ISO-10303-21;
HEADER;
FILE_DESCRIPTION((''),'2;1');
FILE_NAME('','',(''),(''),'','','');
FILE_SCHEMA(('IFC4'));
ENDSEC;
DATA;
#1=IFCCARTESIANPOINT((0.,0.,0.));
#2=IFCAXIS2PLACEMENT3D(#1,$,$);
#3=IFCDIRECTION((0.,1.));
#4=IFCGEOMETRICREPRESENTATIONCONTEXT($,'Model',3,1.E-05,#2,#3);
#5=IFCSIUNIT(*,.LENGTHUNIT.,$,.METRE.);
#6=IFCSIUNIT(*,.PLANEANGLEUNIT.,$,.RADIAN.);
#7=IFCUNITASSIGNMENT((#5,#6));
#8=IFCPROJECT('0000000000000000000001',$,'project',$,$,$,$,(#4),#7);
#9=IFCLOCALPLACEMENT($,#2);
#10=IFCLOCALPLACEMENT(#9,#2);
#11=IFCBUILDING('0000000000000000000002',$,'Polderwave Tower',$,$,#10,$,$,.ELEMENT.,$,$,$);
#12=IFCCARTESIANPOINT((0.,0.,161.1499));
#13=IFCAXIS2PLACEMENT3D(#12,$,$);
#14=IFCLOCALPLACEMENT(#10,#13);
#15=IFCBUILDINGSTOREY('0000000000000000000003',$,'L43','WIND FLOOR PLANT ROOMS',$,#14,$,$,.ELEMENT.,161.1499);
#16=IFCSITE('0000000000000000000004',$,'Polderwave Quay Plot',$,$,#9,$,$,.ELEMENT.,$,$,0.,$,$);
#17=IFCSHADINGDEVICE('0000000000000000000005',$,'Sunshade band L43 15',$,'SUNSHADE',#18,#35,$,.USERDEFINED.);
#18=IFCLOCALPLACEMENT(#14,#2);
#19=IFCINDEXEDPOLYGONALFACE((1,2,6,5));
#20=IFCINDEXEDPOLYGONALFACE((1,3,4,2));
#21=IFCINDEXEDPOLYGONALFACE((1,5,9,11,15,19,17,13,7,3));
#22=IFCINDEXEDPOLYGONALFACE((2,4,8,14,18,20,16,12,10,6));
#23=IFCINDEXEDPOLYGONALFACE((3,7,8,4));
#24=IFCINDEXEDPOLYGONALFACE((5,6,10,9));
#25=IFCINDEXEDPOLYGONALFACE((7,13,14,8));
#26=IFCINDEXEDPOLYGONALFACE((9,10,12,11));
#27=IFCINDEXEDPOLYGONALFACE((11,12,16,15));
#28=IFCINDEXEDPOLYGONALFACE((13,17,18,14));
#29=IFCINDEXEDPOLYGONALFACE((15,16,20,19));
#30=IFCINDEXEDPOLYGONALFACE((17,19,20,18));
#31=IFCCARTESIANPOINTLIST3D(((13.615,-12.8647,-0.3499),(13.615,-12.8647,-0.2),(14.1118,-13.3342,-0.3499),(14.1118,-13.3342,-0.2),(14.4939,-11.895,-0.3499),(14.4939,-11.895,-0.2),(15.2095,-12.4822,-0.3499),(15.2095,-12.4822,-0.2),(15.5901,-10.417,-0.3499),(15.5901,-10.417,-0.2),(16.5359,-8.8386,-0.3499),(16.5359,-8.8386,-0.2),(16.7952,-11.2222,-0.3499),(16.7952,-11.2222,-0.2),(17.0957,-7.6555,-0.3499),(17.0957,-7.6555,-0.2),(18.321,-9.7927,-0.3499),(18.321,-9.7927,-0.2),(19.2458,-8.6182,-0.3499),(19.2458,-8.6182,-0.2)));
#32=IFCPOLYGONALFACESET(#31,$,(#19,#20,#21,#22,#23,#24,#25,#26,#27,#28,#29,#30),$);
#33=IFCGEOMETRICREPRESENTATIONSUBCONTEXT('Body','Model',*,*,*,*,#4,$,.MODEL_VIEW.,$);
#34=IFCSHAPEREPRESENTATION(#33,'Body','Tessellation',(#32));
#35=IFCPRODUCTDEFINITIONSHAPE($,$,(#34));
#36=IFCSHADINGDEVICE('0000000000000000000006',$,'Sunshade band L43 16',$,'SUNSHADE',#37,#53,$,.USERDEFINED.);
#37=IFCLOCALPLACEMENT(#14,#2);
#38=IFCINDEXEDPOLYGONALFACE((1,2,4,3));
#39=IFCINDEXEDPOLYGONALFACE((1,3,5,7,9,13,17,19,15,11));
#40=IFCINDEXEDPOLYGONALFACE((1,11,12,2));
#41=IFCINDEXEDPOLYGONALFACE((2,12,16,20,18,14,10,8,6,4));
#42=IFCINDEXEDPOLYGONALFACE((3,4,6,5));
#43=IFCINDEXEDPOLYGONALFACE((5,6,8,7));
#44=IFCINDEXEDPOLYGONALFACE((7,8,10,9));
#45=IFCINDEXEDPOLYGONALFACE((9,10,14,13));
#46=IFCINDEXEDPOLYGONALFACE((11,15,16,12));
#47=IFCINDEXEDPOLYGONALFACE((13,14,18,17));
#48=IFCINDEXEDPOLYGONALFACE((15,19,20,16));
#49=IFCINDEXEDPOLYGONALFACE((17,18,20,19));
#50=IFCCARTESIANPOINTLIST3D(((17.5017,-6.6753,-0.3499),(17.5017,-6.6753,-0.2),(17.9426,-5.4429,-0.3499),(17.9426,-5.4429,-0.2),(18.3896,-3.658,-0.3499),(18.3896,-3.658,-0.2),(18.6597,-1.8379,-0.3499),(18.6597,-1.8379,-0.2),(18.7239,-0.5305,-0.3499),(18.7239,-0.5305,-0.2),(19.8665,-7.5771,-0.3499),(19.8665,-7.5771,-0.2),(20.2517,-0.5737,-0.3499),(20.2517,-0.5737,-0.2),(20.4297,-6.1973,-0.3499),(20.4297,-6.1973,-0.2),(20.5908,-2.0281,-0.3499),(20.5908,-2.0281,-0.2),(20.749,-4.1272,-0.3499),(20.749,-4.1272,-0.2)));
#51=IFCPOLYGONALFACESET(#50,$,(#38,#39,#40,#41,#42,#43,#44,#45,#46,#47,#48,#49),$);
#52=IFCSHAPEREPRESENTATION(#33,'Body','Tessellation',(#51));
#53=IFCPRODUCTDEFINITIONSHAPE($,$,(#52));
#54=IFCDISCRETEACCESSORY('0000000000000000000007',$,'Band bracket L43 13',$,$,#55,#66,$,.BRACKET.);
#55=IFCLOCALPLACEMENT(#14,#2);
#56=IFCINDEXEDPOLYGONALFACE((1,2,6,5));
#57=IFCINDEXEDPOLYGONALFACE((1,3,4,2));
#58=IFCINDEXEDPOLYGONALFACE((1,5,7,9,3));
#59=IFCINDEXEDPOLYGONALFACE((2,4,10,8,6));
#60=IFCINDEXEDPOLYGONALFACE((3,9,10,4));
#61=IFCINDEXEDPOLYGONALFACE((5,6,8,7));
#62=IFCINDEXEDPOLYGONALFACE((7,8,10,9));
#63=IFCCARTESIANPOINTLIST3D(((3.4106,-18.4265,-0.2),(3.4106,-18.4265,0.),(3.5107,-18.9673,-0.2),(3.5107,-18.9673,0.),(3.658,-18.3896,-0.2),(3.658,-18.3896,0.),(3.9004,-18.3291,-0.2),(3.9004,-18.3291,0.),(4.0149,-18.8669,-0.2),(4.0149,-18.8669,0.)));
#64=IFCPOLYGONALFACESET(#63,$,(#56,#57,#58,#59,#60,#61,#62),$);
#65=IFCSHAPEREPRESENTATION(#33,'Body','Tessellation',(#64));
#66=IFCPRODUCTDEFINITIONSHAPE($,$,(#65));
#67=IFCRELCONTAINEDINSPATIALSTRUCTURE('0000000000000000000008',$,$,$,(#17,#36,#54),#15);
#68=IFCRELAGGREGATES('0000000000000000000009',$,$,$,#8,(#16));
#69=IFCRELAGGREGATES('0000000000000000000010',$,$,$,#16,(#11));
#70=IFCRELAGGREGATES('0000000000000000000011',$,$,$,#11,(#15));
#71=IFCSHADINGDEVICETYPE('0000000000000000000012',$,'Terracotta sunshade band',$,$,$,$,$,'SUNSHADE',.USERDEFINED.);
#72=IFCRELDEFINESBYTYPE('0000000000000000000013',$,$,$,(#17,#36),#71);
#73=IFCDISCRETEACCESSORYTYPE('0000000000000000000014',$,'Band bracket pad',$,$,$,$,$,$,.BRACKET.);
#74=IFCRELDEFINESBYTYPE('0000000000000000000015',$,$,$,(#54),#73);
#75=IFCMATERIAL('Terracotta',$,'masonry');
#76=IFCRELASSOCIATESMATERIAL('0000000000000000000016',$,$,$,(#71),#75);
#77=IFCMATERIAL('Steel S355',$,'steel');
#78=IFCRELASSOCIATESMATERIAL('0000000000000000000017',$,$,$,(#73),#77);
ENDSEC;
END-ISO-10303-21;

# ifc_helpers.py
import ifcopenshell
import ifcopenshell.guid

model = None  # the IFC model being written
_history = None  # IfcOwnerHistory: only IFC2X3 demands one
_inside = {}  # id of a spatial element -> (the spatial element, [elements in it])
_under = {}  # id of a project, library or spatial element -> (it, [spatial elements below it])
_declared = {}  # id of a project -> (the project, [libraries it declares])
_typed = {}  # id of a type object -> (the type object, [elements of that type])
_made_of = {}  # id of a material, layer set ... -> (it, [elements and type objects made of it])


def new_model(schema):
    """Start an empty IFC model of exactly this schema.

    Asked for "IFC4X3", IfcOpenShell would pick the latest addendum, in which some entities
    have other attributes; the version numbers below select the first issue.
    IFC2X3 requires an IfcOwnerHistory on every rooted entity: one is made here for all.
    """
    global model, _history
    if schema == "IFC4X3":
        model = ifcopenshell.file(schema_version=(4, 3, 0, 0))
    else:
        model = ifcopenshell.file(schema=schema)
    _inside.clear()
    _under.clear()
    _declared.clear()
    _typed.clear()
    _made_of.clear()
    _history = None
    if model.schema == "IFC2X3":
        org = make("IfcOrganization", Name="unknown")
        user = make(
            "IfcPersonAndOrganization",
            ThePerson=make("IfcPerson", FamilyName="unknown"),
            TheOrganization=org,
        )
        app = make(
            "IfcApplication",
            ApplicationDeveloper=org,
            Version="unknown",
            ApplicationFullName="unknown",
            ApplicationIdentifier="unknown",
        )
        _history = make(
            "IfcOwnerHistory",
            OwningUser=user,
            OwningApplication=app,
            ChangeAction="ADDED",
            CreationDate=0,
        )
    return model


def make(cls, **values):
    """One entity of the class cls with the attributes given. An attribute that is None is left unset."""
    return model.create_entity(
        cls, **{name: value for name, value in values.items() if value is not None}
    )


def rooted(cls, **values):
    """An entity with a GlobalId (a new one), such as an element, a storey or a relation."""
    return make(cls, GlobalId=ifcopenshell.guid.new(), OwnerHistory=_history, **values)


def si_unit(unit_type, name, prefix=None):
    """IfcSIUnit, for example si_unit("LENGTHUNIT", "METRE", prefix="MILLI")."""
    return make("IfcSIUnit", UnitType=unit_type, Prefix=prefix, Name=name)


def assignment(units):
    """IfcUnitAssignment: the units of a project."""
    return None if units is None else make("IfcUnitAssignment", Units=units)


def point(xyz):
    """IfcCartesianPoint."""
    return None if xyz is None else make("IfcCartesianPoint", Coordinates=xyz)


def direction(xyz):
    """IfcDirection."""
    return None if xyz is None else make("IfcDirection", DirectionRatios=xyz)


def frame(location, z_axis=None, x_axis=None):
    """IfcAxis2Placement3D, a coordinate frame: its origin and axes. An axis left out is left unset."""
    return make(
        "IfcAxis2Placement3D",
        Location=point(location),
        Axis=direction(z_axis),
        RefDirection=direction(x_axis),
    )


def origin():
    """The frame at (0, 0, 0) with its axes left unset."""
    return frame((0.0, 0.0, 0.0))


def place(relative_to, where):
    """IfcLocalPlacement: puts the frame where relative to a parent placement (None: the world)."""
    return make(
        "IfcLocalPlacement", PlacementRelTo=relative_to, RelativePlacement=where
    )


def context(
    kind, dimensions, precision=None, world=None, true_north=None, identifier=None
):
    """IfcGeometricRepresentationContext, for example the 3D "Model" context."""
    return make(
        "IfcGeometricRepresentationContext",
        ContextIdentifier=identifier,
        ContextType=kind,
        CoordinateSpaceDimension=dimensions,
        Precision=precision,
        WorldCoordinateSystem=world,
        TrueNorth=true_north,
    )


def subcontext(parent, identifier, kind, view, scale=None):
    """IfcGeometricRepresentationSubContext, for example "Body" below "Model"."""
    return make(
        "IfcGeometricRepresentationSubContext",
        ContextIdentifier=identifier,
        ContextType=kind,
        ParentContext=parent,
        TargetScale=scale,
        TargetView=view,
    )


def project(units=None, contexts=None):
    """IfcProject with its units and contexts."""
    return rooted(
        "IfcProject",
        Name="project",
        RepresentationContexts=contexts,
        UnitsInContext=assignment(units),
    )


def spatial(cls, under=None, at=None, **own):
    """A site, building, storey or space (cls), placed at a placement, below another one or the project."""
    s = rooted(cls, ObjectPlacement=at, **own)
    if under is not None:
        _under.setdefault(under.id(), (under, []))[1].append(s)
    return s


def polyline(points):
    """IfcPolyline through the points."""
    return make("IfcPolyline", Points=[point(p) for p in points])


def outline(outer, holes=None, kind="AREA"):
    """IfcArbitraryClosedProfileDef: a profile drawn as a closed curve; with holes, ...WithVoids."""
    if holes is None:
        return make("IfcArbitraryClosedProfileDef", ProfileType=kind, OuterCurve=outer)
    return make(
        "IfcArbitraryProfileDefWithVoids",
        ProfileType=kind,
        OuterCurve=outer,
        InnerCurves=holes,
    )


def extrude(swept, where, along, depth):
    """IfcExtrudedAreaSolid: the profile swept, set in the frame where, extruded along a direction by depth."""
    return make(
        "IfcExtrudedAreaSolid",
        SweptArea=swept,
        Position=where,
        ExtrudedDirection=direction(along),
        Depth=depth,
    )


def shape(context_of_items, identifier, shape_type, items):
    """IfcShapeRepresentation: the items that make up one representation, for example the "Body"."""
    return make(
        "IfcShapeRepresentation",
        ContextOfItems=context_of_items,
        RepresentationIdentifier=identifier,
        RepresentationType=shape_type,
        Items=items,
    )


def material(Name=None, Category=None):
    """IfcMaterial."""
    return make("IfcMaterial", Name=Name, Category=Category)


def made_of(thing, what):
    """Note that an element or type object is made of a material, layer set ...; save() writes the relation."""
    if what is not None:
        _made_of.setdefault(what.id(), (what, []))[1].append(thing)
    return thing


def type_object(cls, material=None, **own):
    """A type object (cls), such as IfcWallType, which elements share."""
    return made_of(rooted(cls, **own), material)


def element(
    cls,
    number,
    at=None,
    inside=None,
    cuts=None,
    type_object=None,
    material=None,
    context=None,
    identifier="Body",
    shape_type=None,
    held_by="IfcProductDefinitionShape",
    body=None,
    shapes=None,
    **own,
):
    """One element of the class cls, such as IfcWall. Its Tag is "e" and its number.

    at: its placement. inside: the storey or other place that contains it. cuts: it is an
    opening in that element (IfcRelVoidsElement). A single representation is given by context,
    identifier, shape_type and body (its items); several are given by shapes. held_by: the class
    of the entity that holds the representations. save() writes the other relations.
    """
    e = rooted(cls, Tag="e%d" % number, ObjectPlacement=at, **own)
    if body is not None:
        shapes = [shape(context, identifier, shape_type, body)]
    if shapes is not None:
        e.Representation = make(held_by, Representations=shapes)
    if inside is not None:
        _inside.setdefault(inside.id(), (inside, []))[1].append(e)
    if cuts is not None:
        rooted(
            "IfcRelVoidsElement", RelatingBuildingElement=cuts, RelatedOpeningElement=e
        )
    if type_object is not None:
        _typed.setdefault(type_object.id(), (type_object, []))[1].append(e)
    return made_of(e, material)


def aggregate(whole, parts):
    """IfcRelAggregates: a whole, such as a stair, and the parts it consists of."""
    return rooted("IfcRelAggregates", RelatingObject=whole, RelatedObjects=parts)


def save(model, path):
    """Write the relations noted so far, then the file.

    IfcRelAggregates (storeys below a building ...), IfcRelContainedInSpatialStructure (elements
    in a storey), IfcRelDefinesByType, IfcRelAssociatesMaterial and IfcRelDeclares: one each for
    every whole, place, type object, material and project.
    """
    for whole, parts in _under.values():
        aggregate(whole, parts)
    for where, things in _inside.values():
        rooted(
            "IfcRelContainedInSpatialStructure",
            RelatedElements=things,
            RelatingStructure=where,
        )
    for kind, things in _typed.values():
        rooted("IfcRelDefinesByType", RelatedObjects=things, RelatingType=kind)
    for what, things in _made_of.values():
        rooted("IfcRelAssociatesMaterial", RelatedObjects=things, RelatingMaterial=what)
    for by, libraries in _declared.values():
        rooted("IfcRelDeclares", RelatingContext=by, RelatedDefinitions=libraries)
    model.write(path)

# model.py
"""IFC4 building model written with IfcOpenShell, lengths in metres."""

from ifc_helpers import new_model, si_unit, direction, frame, origin, place, context, subcontext, project, spatial, polyline, outline, extrude, material, type_object, element, save


model = new_model("IFC4")

# Units and contexts
model_context = context("Model", 3, precision=1e-05, world=origin(), true_north=direction((0.0, 1.0)))
body_context = subcontext(model_context, "Body", "Model", "MODEL_VIEW")
ifc_project = project(units=[si_unit("LENGTHUNIT", "METRE"), si_unit("PLANEANGLEUNIT", "RADIAN")], contexts=[model_context])

# Site, building, storey
site_placement = place(None, origin())
site = spatial("IfcSite", under=ifc_project, at=site_placement, Name="Polderwave Quay Plot", CompositionType="ELEMENT", RefElevation=0.0)
building_placement = place(site_placement, origin())
building = spatial("IfcBuilding", under=site, at=building_placement, Name="Polderwave Tower", CompositionType="ELEMENT")
storey_placement = place(building_placement, frame((0.0, 0.0, 161.1499)))
storey = spatial("IfcBuildingStorey", under=building, at=storey_placement, Name="L43", Description="WIND FLOOR PLANT ROOMS", CompositionType="ELEMENT", Elevation=161.1499)

# Shared definitions
ifc_material_1 = material(Name="Steel S355", Category="steel")

# Shading devices
ifc_material_2 = material(Name="Terracotta", Category="masonry")
shading_device_type = type_object("IfcShadingDeviceType", Name="Terracotta sunshade band", ElementType="SUNSHADE", PredefinedType="USERDEFINED", material=ifc_material_2)
shading_device_1_placement = place(storey_placement, frame((0.0, 0.0, -0.3499)))
element("IfcShadingDevice", 1, at=shading_device_1_placement, inside=storey, type_object=shading_device_type, Name="Sunshade band L43 15", ObjectType="SUNSHADE", PredefinedType="USERDEFINED", context=body_context, shape_type="SweptSolid", body=[
    extrude(outline(polyline([(13.615, -12.8647), (14.4939, -11.895), (15.5901, -10.417), (16.5359, -8.8386), (17.0957, -7.6555), (19.2458, -8.6182), (18.321, -9.7927), (16.7952, -11.2222), (15.2095, -12.4822), (14.1118, -13.3342), (13.615, -12.8647)])), origin(), (0.0, 0.0, 1.0), 0.1499),
])
shading_device_2_placement = place(storey_placement, frame((0.0, 0.0, -0.3499)))
element("IfcShadingDevice", 2, at=shading_device_2_placement, inside=storey, type_object=shading_device_type, Name="Sunshade band L43 16", ObjectType="SUNSHADE", PredefinedType="USERDEFINED", context=body_context, shape_type="SweptSolid", body=[
    extrude(outline(polyline([(17.5017, -6.6753), (17.9426, -5.4429), (18.3896, -3.658), (18.6597, -1.8379), (18.7239, -0.5305), (20.2517, -0.5737), (20.5908, -2.0281), (20.749, -4.1272), (20.4297, -6.1973), (19.8665, -7.5771), (17.5017, -6.6753)])), origin(), (0.0, 0.0, 1.0), 0.1499),
])

# Discrete accessory
discrete_accessory_type = type_object("IfcDiscreteAccessoryType", Name="Band bracket pad", PredefinedType="BRACKET", material=ifc_material_1)
discrete_accessory_placement = place(storey_placement, frame((0.0, 0.0, -0.2)))
element("IfcDiscreteAccessory", 3, at=discrete_accessory_placement, inside=storey, type_object=discrete_accessory_type, Name="Band bracket L43 13", PredefinedType="BRACKET", context=body_context, shape_type="SweptSolid", body=[
    extrude(outline(polyline([(3.4106, -18.4265), (3.658, -18.3896), (3.9004, -18.3291), (4.0149, -18.8669), (3.5107, -18.9673), (3.4106, -18.4265)])), origin(), (0.0, 0.0, 1.0), 0.2),
])

save(model, "model.ifc")
